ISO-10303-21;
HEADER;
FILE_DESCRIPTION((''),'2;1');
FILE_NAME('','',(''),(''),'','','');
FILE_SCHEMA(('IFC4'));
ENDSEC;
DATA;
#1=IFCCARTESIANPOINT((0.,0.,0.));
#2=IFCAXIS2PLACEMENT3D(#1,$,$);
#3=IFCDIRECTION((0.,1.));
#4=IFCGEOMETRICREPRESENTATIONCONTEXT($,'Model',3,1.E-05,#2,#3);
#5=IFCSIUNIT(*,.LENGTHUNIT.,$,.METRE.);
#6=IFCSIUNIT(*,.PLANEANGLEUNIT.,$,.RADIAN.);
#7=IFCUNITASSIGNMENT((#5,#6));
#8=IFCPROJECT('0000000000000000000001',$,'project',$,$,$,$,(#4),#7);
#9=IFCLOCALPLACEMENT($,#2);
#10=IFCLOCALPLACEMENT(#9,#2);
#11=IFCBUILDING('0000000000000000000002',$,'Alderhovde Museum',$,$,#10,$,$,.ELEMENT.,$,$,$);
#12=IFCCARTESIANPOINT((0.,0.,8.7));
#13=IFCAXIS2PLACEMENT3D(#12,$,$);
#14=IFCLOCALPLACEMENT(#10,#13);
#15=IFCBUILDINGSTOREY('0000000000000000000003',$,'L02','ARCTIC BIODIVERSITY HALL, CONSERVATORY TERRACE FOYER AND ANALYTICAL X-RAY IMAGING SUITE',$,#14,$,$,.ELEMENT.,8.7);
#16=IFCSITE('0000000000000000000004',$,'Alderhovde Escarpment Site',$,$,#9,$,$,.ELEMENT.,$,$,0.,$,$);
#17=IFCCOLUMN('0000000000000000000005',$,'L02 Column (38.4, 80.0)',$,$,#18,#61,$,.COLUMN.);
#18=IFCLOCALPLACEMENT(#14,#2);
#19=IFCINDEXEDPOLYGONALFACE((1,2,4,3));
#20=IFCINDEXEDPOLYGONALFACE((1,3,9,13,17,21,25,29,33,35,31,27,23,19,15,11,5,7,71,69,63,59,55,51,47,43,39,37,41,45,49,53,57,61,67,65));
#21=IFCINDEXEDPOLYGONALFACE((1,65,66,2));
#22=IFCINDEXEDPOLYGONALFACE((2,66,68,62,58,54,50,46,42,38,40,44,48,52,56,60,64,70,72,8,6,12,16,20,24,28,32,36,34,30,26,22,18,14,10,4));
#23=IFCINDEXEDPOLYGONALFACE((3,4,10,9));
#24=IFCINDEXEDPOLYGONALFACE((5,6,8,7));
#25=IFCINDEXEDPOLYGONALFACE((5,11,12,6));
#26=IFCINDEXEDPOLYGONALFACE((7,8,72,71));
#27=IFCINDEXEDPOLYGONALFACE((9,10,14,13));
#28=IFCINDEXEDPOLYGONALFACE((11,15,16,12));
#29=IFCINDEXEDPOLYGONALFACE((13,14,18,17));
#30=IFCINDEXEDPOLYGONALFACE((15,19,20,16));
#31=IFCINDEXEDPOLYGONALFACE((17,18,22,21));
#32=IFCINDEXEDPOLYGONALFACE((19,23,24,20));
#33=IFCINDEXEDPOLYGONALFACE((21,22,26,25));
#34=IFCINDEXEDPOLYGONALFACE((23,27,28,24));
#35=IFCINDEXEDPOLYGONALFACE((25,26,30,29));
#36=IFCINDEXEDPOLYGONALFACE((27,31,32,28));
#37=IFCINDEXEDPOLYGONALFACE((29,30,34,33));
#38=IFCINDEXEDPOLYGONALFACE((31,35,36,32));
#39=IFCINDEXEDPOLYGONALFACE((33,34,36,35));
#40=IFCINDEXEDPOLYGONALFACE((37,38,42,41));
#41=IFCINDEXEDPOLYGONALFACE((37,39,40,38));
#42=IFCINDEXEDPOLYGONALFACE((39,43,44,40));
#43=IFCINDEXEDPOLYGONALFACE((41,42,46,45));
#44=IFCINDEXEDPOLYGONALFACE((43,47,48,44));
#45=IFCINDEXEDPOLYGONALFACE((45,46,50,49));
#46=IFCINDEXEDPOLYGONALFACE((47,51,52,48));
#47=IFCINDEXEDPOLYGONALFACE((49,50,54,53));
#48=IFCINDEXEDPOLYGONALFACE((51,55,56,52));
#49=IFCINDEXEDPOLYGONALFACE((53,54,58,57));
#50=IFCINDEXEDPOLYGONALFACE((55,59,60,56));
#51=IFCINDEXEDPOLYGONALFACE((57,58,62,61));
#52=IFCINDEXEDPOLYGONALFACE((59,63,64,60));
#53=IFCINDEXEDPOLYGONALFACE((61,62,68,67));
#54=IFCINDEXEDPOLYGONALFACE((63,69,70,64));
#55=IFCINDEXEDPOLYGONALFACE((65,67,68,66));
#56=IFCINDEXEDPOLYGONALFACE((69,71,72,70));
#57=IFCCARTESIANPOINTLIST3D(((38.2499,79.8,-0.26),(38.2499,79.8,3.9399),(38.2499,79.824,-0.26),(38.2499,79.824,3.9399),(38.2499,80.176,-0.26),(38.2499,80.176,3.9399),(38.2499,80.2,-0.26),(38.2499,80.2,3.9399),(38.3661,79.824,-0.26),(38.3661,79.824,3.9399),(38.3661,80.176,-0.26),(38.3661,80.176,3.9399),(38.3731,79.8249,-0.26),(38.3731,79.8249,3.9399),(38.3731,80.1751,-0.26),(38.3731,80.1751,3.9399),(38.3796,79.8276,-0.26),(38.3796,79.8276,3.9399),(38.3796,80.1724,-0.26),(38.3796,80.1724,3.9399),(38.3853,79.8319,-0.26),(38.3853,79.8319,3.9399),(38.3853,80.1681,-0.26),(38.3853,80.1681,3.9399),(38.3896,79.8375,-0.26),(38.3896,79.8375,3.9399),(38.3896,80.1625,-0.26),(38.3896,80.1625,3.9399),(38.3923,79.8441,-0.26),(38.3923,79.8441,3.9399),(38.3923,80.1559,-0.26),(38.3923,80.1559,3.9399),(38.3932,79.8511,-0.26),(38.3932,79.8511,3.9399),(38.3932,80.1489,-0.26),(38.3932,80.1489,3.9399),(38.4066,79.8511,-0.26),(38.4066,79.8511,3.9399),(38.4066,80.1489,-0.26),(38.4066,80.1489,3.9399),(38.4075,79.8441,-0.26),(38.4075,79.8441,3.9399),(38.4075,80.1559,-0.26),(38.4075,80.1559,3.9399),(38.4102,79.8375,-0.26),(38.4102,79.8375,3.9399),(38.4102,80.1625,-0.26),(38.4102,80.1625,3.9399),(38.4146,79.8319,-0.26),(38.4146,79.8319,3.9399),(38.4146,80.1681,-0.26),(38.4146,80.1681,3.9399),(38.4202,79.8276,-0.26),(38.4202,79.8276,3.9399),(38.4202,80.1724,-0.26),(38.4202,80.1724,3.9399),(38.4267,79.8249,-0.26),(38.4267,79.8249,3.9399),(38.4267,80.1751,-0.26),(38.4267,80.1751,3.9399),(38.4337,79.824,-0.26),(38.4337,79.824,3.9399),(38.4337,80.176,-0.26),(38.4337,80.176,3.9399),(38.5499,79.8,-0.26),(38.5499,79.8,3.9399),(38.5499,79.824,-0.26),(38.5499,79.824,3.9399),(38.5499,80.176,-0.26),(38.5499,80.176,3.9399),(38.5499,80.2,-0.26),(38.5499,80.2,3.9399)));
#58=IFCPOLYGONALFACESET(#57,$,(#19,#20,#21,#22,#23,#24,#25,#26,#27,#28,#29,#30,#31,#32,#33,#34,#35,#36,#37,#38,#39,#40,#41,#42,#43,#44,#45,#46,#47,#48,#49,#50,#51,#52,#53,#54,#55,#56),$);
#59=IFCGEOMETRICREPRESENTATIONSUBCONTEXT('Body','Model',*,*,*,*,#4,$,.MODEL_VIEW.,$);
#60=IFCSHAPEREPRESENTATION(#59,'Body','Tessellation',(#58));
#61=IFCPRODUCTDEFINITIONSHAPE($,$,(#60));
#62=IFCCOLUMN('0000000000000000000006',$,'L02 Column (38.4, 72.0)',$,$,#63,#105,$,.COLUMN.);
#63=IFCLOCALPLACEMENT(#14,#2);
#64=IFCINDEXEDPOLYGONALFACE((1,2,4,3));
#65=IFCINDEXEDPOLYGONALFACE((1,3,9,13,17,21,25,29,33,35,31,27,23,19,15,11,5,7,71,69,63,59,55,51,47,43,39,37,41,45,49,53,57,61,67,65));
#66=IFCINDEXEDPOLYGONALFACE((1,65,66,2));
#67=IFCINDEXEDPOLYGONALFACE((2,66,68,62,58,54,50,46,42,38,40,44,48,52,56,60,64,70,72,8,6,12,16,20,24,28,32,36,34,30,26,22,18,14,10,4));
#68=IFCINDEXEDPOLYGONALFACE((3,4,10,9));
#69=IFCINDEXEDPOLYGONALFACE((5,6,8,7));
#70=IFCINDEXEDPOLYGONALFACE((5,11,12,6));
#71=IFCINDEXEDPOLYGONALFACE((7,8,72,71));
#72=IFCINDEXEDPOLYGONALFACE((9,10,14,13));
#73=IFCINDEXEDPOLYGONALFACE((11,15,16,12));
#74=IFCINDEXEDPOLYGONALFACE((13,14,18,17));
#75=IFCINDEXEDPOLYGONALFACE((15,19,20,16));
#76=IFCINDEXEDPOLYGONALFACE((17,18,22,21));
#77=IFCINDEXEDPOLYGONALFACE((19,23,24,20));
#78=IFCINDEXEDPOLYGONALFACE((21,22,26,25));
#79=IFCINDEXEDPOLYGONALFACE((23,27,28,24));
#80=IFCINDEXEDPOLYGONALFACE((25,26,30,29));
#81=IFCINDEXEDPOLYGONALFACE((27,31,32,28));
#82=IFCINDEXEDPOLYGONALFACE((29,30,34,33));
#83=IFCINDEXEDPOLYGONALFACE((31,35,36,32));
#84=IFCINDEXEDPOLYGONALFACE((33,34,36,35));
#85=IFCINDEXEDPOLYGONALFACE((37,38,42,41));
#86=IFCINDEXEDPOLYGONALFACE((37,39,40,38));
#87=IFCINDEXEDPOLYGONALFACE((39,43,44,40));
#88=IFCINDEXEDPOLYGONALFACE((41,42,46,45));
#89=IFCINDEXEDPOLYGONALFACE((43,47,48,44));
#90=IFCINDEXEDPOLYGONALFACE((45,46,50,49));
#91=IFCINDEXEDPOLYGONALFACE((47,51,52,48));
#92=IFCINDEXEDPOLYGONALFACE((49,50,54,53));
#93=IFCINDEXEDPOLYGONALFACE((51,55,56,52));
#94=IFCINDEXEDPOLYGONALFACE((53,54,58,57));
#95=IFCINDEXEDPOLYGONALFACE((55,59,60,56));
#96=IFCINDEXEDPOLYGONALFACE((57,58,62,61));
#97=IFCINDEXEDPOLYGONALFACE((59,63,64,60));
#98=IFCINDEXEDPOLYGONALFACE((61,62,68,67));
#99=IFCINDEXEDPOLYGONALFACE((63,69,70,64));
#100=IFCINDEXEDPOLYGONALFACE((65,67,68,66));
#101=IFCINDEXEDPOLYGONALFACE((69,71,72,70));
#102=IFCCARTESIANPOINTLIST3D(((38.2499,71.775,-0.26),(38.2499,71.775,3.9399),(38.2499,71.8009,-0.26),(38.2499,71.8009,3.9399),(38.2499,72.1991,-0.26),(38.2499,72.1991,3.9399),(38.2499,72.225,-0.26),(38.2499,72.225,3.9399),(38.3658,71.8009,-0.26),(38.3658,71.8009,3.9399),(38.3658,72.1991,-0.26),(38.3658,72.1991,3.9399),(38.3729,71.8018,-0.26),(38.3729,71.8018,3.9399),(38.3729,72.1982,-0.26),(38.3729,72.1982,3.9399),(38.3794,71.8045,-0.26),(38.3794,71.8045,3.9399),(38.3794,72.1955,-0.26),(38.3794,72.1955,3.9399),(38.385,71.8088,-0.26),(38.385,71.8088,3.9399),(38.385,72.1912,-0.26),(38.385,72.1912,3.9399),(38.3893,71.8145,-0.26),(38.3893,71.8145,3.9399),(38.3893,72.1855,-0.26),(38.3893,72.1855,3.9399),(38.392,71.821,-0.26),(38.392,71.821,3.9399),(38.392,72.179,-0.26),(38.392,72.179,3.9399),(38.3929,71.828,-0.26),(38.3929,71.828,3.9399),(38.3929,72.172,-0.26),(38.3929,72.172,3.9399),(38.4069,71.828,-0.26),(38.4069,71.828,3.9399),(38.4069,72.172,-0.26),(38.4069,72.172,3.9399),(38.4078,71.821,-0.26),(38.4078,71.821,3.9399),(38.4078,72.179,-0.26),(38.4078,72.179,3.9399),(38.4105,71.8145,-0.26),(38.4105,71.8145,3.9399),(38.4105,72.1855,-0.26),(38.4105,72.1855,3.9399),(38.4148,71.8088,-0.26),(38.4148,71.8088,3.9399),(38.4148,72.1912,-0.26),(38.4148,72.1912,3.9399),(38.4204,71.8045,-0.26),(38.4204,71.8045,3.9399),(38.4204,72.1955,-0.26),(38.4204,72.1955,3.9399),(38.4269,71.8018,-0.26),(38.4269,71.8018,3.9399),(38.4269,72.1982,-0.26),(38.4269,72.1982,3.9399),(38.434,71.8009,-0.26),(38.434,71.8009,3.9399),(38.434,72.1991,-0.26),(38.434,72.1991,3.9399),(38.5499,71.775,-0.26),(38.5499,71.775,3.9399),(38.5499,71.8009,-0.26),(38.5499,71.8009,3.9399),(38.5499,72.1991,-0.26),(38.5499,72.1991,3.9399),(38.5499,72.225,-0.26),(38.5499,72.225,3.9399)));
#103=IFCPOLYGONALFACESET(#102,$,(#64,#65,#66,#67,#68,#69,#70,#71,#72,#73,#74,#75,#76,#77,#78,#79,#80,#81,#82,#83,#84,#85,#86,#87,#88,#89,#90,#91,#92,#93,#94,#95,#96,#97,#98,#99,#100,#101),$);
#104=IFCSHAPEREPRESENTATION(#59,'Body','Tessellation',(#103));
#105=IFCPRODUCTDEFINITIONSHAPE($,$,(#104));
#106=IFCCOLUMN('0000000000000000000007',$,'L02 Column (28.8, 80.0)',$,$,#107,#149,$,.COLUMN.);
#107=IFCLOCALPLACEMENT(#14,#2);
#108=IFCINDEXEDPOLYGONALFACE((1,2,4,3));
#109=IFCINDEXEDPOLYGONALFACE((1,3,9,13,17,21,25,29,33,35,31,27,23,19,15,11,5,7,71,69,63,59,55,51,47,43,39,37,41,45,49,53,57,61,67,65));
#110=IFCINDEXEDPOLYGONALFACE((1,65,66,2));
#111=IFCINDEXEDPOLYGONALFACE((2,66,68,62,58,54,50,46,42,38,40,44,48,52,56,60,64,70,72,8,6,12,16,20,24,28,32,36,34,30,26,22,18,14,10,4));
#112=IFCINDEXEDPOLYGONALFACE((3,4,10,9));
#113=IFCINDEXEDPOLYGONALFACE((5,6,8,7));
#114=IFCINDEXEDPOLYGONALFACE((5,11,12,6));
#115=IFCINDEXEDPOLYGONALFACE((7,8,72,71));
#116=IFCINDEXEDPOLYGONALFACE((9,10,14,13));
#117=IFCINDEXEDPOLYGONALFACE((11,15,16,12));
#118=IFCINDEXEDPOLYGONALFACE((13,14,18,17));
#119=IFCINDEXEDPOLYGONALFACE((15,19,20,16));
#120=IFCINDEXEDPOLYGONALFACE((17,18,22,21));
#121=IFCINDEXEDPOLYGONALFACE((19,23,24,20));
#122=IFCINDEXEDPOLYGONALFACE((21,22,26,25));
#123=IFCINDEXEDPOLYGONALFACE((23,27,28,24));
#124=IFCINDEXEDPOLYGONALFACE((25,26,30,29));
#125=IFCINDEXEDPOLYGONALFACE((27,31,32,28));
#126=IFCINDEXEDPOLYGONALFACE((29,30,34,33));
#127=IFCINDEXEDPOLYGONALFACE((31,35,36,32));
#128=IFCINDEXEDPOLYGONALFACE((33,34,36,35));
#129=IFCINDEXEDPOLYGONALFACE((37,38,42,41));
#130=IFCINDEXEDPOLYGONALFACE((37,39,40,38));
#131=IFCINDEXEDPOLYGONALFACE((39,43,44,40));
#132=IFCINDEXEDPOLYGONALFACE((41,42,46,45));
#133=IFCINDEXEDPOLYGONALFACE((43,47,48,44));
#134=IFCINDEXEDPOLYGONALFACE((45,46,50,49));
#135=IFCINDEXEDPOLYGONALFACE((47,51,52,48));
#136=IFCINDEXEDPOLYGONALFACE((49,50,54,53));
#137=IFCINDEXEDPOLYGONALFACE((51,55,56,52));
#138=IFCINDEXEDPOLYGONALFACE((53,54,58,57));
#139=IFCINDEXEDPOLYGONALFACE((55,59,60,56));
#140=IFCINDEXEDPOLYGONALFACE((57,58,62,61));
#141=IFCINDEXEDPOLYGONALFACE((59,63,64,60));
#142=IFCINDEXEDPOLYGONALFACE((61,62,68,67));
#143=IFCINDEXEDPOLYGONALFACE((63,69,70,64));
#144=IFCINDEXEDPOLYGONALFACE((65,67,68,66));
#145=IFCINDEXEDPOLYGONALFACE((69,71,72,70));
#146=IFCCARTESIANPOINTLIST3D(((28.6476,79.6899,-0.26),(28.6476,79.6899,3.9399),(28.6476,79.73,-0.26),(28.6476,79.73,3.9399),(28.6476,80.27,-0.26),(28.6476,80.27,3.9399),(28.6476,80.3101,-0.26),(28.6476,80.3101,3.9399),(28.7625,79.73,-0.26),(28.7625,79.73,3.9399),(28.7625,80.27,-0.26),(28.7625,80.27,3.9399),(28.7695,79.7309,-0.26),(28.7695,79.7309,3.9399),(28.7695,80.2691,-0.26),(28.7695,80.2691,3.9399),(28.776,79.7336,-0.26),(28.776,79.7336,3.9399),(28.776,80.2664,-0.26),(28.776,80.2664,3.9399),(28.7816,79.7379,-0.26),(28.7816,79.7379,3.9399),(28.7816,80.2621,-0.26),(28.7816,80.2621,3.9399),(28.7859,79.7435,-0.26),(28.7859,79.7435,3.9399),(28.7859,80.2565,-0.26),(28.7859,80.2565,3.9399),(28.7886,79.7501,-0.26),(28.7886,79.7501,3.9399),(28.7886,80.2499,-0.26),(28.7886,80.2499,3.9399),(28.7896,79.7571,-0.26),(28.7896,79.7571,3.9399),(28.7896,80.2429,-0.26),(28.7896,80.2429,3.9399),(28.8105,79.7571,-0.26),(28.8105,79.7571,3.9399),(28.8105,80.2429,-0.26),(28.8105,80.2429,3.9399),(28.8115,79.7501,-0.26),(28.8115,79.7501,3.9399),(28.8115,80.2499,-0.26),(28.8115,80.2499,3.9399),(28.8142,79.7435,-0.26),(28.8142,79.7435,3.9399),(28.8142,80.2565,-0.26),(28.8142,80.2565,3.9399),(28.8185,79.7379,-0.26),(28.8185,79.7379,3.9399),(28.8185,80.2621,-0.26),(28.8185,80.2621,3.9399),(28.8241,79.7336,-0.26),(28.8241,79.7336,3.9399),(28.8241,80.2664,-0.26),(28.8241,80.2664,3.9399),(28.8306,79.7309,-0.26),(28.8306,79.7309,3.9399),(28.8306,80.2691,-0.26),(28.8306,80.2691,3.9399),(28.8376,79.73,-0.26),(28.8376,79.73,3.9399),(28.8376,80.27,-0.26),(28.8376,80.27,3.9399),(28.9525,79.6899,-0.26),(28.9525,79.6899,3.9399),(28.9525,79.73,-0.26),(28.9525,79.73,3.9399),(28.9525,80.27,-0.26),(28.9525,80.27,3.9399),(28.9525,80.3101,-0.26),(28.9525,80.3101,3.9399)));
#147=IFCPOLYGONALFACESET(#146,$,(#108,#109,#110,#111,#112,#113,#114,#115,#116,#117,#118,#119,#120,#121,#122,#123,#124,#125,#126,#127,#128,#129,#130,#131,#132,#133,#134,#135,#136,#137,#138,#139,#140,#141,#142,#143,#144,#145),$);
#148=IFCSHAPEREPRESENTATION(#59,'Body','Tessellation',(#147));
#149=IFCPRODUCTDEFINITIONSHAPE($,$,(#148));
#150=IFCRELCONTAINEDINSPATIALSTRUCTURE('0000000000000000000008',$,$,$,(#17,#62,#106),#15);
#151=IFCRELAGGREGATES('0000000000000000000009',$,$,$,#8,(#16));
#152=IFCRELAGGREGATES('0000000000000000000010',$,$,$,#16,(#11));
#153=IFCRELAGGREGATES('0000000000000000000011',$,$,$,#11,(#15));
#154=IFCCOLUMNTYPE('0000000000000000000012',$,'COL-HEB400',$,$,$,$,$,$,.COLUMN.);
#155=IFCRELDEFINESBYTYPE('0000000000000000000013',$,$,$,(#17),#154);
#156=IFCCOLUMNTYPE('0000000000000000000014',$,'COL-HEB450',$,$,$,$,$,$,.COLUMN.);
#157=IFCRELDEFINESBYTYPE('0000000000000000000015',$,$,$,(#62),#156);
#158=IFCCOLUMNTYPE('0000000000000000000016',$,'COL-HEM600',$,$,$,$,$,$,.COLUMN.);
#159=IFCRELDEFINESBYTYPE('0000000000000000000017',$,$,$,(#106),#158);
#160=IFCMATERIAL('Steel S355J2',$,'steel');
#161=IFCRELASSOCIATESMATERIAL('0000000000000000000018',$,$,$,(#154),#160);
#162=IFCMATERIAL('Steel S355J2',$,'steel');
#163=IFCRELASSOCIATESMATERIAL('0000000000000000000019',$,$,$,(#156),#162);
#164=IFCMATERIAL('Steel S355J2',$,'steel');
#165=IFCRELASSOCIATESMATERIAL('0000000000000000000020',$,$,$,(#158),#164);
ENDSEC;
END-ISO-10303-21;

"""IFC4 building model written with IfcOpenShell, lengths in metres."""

from ifc_helpers import new_model, si_unit, direction, frame, origin, origin_2d, place, context, subcontext, project, spatial, i_section, extrude, material, material_profile, profile_set, type_object, element, save


model = new_model("IFC4")

# Units and contexts
model_context = context("Model", 3, precision=1e-05, world=origin(), true_north=direction((0.0, 1.0)))
body_context = subcontext(model_context, "Body", "Model", "MODEL_VIEW")
ifc_project = project(units=[si_unit("LENGTHUNIT", "METRE"), si_unit("PLANEANGLEUNIT", "RADIAN")], contexts=[model_context])

# Site, building, storey
site_placement = place(None, origin())
site = spatial("IfcSite", under=ifc_project, at=site_placement, Name="Alderhovde Escarpment Site", CompositionType="ELEMENT", RefElevation=0.0)
building_placement = place(site_placement, origin())
building = spatial("IfcBuilding", under=site, at=building_placement, Name="Alderhovde Museum", CompositionType="ELEMENT")
storey_placement = place(building_placement, frame((0.0, 0.0, 8.7)))
storey = spatial("IfcBuildingStorey", under=building, at=storey_placement, Name="L02", Description="ARCTIC BIODIVERSITY HALL, CONSERVATORY TERRACE FOYER AND ANALYTICAL X-RAY IMAGING SUITE", CompositionType="ELEMENT", Elevation=8.7)

# Columns
ifc_material_1 = material(Name="Steel S355J2", Category="steel")
ifc_material_profile_1 = material_profile(ifc_material_1, i_section(OverallWidth=0.3, OverallDepth=0.3999, WebThickness=0.0134, FlangeThickness=0.0239, FilletRadius=0.0271, at=origin_2d()), Name="HEB 400")
ifc_profile_set_1 = profile_set([ifc_material_profile_1], Name="Steel S355J2")
column_type_1 = type_object("IfcColumnType", Name="COL-HEB400", PredefinedType="COLUMN", material=ifc_profile_set_1)
for number, where, z_axis, x_axis, name in (
    (1, (38.3999, 80.0, -0.26), (0.0, 0.0, 1.0), (1.0, 0.0, 0.0), "L02 Column (38.4, 80.0)"),
):
    element("IfcColumn", number, at=place(storey_placement, frame(where, z_axis=z_axis, x_axis=x_axis)), inside=storey, type_object=column_type_1, Name=name, PredefinedType="COLUMN", context=body_context, shape_type="SweptSolid", body=[
        extrude(i_section(OverallWidth=0.3, OverallDepth=0.3999, WebThickness=0.0134, FlangeThickness=0.0239, FilletRadius=0.0271, at=origin_2d()), origin(), (0.0, 0.0, 1.0), 4.2),
    ])
ifc_material_2 = material(Name="Steel S355J2", Category="steel")
ifc_material_profile_2 = material_profile(ifc_material_2, i_section(OverallWidth=0.3, OverallDepth=0.45, WebThickness=0.0139, FlangeThickness=0.0259, FilletRadius=0.0271, at=origin_2d()), Name="HEB 450")
ifc_profile_set_2 = profile_set([ifc_material_profile_2], Name="Steel S355J2")
column_type_2 = type_object("IfcColumnType", Name="COL-HEB450", PredefinedType="COLUMN", material=ifc_profile_set_2)
column_1_placement = place(storey_placement, frame((38.3999, 72.0, -0.26), z_axis=(0.0, 0.0, 1.0), x_axis=(1.0, 0.0, 0.0)))
element("IfcColumn", 2, at=column_1_placement, inside=storey, type_object=column_type_2, Name="L02 Column (38.4, 72.0)", PredefinedType="COLUMN", context=body_context, shape_type="SweptSolid", body=[
    extrude(i_section(OverallWidth=0.3, OverallDepth=0.45, WebThickness=0.0139, FlangeThickness=0.0259, FilletRadius=0.0271, at=origin_2d()), origin(), (0.0, 0.0, 1.0), 4.2),
])
ifc_material_3 = material(Name="Steel S355J2", Category="steel")
ifc_material_profile_3 = material_profile(ifc_material_3, i_section(OverallWidth=0.3049, OverallDepth=0.6201, WebThickness=0.021, FlangeThickness=0.04, FilletRadius=0.0271, at=origin_2d()), Name="HEM 600")
ifc_profile_set_3 = profile_set([ifc_material_profile_3], Name="Steel S355J2")
column_type_3 = type_object("IfcColumnType", Name="COL-HEM600", PredefinedType="COLUMN", material=ifc_profile_set_3)
column_2_placement = place(storey_placement, frame((28.8, 80.0, -0.26), z_axis=(0.0, 0.0, 1.0), x_axis=(1.0, 0.0, 0.0)))
element("IfcColumn", 3, at=column_2_placement, inside=storey, type_object=column_type_3, Name="L02 Column (28.8, 80.0)", PredefinedType="COLUMN", context=body_context, shape_type="SweptSolid", body=[
    extrude(i_section(OverallWidth=0.3049, OverallDepth=0.6201, WebThickness=0.021, FlangeThickness=0.04, FilletRadius=0.0271, at=origin_2d()), origin(), (0.0, 0.0, 1.0), 4.2),
])

save(model, "model.ifc")
